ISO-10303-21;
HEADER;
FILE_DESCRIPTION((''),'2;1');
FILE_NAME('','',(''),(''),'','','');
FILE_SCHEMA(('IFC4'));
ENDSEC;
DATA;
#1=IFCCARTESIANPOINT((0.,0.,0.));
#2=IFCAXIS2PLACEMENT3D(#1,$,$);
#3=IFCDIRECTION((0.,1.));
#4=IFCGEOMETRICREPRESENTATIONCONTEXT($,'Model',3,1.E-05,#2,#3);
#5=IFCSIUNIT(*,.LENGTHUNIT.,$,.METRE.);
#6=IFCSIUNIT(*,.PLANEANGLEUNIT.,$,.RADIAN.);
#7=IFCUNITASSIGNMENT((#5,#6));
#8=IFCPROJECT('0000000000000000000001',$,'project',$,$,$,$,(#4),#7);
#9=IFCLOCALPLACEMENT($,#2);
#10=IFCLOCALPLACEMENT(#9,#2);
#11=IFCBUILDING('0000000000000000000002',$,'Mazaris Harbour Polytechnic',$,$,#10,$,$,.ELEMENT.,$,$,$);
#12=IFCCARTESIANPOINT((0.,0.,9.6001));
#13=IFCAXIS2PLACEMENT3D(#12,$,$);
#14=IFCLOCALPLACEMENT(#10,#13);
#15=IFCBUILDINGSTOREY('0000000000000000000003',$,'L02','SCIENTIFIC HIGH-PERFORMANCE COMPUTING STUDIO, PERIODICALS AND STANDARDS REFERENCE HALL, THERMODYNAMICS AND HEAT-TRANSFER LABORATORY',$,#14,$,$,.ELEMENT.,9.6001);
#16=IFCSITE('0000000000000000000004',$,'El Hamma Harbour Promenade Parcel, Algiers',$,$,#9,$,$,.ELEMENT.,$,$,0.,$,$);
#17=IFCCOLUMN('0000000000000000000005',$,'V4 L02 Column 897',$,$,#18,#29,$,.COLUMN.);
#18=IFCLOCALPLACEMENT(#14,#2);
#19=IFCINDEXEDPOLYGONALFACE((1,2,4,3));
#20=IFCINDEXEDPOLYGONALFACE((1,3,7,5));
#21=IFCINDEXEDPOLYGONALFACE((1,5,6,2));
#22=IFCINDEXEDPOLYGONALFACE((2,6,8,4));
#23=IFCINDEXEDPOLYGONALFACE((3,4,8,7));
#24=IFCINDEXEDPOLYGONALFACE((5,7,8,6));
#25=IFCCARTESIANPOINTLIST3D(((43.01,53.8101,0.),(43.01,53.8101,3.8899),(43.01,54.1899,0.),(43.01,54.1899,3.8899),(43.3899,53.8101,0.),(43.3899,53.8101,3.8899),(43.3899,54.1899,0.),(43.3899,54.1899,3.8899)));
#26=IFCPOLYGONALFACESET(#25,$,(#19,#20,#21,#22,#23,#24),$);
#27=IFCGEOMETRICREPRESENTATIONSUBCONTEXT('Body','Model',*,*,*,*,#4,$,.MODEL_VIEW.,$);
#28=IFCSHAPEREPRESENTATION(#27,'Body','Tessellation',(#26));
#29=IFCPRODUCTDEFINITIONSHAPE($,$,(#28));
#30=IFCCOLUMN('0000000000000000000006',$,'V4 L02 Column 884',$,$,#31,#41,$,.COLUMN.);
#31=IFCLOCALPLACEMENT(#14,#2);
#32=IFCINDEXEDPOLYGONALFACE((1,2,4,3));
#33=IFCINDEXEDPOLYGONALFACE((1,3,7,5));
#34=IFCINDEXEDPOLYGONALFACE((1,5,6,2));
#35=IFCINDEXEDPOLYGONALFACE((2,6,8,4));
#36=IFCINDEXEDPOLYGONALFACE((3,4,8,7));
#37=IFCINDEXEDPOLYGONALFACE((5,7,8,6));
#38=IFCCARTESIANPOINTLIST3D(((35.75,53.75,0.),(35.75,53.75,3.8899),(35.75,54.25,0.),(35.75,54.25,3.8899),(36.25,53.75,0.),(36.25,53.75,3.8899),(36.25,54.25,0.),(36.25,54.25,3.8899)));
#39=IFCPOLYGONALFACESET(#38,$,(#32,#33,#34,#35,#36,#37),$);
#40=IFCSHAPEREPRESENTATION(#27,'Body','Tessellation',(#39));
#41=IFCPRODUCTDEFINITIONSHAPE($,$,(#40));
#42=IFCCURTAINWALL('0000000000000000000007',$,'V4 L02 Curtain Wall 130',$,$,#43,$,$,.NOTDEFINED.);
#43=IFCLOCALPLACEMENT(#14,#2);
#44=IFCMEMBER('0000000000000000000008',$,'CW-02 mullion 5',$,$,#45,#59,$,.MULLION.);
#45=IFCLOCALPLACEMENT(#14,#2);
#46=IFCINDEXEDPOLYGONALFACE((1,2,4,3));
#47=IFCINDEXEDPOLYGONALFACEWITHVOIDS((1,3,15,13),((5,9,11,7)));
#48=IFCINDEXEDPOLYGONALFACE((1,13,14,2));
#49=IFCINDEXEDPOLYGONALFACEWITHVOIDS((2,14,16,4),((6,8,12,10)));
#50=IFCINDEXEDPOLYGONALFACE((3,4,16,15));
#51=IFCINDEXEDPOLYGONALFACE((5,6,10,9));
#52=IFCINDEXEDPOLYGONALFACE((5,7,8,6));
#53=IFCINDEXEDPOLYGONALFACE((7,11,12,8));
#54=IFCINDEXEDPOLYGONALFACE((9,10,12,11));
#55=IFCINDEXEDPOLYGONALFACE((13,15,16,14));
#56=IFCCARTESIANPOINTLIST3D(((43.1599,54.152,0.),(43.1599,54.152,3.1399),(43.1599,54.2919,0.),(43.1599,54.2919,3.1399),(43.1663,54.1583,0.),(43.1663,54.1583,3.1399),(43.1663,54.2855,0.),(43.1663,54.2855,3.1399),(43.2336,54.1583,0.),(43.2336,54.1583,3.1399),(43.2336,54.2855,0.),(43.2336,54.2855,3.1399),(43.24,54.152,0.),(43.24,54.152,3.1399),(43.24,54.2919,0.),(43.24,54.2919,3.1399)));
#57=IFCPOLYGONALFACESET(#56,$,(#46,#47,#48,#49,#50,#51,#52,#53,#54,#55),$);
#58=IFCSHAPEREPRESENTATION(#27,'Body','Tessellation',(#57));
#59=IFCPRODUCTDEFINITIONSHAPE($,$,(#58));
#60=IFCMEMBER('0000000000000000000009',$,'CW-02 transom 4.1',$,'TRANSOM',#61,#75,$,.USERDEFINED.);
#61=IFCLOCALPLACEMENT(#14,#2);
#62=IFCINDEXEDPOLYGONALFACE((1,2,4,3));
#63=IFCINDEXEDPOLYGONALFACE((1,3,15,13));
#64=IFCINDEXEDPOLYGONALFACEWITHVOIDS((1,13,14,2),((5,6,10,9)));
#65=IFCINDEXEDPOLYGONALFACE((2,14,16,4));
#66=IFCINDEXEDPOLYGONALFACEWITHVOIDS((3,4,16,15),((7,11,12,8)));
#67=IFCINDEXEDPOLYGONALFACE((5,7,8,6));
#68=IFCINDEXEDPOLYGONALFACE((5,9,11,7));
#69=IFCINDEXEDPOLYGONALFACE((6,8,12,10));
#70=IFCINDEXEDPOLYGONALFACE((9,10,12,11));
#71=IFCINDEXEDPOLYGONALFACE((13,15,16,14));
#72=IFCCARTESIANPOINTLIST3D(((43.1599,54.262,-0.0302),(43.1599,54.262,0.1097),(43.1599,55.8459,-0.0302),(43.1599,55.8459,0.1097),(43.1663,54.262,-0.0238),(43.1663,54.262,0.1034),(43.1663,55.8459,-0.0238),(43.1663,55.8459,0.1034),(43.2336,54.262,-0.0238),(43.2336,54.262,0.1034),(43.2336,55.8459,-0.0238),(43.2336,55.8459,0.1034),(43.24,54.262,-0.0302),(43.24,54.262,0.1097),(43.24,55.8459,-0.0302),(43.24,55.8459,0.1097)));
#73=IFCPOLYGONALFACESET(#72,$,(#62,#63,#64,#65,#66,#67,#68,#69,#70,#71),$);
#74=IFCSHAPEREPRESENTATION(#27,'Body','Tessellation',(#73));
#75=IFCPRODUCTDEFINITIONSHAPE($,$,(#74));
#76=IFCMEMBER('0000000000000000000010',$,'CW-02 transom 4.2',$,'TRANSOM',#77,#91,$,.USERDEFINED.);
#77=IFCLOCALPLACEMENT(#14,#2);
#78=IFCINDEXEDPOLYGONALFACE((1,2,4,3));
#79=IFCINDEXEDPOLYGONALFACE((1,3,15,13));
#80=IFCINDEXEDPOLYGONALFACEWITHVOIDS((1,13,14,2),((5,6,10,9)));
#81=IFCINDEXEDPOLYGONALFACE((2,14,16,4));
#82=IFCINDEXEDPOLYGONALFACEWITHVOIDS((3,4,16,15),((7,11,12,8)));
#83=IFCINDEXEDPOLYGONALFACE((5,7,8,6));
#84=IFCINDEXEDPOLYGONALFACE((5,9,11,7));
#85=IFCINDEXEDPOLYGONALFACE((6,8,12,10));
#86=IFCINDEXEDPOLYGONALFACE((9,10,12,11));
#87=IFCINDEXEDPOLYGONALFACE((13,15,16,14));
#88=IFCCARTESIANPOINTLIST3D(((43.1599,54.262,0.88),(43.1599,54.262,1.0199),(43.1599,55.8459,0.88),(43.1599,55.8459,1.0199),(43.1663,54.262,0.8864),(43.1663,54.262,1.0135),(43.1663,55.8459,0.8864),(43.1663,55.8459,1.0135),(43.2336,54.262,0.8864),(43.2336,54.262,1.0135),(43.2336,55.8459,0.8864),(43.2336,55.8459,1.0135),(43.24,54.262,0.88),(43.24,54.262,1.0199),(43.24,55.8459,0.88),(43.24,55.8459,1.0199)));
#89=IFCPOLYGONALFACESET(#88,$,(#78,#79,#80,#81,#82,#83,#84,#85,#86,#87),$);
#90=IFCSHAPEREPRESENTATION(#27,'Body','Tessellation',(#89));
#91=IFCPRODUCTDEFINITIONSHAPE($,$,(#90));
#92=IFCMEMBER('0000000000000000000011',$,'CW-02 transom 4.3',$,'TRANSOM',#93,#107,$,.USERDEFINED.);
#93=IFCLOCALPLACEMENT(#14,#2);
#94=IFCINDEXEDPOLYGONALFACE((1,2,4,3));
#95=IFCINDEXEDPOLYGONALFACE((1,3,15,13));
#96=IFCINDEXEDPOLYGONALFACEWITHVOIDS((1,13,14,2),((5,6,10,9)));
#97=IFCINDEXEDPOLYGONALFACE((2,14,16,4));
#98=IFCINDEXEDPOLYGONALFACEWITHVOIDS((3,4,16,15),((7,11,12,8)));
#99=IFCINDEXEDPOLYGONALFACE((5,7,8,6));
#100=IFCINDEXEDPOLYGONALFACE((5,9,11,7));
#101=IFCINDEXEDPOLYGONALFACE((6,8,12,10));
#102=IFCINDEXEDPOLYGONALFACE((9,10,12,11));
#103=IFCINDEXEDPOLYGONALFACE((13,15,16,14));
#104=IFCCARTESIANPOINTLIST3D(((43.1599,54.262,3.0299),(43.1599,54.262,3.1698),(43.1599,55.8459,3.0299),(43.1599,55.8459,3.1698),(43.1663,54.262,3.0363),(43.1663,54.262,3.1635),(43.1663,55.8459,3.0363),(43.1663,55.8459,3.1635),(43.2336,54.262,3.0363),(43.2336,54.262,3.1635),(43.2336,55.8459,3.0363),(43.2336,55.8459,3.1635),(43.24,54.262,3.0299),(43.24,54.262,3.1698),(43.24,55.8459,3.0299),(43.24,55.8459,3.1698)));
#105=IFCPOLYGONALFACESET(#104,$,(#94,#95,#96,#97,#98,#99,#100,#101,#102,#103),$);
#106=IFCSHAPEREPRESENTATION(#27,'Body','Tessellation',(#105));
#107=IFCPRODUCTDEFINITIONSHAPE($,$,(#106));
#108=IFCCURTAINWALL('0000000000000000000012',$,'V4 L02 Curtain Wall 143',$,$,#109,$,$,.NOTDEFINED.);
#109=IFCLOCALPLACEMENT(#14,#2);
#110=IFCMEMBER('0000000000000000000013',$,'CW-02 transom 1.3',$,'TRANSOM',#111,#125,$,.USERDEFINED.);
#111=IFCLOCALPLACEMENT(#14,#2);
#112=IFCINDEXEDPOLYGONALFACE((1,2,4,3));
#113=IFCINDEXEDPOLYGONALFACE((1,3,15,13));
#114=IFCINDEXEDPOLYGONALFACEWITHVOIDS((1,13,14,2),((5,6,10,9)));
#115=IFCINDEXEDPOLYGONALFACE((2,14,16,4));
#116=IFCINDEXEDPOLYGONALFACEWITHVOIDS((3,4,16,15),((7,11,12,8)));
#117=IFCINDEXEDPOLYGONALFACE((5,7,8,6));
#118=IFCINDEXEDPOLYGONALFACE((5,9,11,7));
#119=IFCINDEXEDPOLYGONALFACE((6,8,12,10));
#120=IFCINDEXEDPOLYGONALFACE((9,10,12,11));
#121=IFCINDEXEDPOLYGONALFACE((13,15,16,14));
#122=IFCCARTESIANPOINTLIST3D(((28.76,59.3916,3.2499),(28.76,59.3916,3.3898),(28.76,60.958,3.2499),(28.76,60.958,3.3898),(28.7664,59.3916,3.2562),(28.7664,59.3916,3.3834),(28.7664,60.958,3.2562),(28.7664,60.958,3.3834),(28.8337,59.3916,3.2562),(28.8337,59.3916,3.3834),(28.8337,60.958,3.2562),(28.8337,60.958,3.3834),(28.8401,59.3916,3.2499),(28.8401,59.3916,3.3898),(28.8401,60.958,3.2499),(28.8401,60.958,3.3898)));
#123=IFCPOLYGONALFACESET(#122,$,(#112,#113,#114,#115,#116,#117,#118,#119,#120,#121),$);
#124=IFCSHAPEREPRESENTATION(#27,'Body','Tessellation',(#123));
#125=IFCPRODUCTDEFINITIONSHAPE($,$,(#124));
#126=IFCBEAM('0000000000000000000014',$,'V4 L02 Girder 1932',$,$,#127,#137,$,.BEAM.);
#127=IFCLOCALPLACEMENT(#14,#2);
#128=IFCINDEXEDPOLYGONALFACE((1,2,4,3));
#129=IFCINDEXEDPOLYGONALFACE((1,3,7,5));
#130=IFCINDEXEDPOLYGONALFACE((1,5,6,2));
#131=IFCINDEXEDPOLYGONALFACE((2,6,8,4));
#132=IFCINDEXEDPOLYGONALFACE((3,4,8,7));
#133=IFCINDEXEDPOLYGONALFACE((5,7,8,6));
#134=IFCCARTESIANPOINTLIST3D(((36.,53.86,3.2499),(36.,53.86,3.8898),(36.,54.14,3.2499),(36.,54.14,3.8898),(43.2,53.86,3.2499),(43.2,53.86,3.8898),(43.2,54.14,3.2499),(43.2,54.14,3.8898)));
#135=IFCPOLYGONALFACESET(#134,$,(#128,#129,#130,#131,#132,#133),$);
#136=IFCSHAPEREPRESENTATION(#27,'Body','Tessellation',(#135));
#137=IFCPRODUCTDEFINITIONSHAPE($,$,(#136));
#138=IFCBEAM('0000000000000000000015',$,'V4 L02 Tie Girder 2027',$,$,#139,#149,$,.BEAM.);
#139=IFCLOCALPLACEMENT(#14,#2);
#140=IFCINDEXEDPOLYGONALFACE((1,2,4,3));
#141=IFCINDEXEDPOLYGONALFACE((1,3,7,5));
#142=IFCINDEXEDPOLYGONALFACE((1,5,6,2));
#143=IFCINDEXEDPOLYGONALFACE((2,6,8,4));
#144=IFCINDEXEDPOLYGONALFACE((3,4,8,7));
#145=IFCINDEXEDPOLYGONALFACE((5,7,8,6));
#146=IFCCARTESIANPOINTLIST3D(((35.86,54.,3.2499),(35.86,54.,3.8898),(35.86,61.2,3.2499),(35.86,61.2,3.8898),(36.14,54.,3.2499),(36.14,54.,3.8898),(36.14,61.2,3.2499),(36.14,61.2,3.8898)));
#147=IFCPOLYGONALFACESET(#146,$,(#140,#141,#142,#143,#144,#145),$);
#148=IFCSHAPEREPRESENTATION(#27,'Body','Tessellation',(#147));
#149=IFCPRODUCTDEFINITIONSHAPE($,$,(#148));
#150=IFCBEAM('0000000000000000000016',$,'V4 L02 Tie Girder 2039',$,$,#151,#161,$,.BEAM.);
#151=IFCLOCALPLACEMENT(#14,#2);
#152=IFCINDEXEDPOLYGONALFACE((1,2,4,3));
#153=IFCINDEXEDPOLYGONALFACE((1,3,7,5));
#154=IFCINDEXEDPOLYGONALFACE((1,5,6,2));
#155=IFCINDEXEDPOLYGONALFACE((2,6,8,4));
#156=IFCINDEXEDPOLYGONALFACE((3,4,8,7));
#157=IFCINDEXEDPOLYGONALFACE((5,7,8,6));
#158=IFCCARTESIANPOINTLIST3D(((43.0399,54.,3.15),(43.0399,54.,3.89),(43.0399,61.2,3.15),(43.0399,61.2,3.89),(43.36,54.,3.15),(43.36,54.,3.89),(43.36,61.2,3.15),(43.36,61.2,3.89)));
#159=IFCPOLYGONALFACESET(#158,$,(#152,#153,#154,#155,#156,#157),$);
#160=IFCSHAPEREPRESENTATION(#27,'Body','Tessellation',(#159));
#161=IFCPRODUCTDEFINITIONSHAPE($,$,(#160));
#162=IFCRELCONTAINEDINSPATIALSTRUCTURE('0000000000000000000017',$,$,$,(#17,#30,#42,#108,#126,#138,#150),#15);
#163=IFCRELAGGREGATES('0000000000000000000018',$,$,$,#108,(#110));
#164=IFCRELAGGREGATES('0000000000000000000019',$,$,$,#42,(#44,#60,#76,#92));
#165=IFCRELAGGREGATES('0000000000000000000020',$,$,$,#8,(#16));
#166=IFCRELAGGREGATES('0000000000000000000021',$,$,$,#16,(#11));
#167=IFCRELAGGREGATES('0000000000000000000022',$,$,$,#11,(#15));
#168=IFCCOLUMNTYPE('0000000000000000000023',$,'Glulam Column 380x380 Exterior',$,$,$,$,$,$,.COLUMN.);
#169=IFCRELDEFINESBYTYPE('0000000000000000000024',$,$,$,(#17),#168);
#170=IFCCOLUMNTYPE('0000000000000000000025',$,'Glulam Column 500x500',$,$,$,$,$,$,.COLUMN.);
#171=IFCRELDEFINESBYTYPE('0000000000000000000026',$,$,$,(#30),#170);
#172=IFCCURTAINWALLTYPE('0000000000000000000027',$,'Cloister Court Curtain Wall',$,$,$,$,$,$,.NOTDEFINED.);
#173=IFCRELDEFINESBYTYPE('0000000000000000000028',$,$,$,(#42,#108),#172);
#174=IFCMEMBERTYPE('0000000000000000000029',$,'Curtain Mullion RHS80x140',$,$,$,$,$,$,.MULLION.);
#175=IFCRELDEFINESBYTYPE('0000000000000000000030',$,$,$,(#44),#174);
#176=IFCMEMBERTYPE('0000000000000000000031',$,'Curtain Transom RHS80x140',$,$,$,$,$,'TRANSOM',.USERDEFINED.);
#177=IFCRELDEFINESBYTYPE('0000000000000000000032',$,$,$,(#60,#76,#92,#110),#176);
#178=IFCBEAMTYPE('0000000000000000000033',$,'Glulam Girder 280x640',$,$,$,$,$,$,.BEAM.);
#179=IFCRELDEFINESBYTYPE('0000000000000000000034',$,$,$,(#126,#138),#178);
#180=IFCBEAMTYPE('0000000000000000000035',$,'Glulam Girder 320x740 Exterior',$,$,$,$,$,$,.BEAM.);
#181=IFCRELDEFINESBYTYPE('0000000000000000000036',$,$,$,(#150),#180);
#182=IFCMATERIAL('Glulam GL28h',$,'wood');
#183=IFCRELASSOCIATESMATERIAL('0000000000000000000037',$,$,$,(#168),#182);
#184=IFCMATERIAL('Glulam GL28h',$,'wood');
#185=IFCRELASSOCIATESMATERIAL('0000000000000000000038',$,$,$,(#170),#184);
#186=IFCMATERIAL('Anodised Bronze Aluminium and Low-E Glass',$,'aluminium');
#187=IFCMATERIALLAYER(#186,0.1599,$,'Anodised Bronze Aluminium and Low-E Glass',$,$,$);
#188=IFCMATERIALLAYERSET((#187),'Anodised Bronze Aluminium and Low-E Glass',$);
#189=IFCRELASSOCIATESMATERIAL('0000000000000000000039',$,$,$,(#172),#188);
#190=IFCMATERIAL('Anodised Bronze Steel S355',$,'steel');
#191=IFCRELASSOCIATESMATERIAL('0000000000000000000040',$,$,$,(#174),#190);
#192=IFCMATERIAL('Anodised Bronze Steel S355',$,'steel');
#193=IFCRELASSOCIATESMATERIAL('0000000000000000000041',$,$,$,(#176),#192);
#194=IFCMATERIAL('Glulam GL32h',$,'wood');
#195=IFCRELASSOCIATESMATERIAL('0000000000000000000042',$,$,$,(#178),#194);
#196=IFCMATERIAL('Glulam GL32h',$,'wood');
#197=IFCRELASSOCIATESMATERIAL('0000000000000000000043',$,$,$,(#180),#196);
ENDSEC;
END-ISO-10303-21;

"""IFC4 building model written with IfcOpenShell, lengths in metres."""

from ifc_helpers import new_model, si_unit, direction, frame, origin, origin_2d, place, context, subcontext, project, spatial, rectangle, hollow_rectangle, extrude, material, layer, layer_set, material_profile, profile_set, type_object, element, aggregate, save


model = new_model("IFC4")

# Units and contexts
model_context = context("Model", 3, precision=1e-05, world=origin(), true_north=direction((0.0, 1.0)))
body_context = subcontext(model_context, "Body", "Model", "MODEL_VIEW")
ifc_project = project(units=[si_unit("LENGTHUNIT", "METRE"), si_unit("PLANEANGLEUNIT", "RADIAN")], contexts=[model_context])

# Site, building, storey
site_placement = place(None, origin())
site = spatial("IfcSite", under=ifc_project, at=site_placement, Name="El Hamma Harbour Promenade Parcel, Algiers", CompositionType="ELEMENT", RefElevation=0.0)
building_placement = place(site_placement, origin())
building = spatial("IfcBuilding", under=site, at=building_placement, Name="Mazaris Harbour Polytechnic", CompositionType="ELEMENT")
storey_placement = place(building_placement, frame((0.0, 0.0, 9.6001)))
storey = spatial("IfcBuildingStorey", under=building, at=storey_placement, Name="L02", Description="SCIENTIFIC HIGH-PERFORMANCE COMPUTING STUDIO, PERIODICALS AND STANDARDS REFERENCE HALL, THERMODYNAMICS AND HEAT-TRANSFER LABORATORY", CompositionType="ELEMENT", Elevation=9.6001)

# Columns
ifc_material_1 = material(Name="Glulam GL28h", Category="wood")
ifc_material_profile_1 = material_profile(ifc_material_1, rectangle(XDim=0.3799, YDim=0.3799, at=origin_2d()), Name="RECT380x380")
ifc_profile_set_1 = profile_set([ifc_material_profile_1], Name="Glulam GL28h")
column_type_1 = type_object("IfcColumnType", Name="Glulam Column 380x380 Exterior", PredefinedType="COLUMN", material=ifc_profile_set_1)
column_1_placement = place(storey_placement, frame((43.2, 54.0, 0.0), z_axis=(0.0, 0.0, 1.0), x_axis=(1.0, 0.0, 0.0)))
element("IfcColumn", 1, at=column_1_placement, inside=storey, type_object=column_type_1, Name="V4 L02 Column 897", PredefinedType="COLUMN", context=body_context, shape_type="SweptSolid", body=[
    extrude(rectangle(XDim=0.3799, YDim=0.3799, at=origin_2d()), origin(), (0.0, 0.0, 1.0), 3.8899),
])
ifc_material_2 = material(Name="Glulam GL28h", Category="wood")
ifc_material_profile_2 = material_profile(ifc_material_2, rectangle(XDim=0.5, YDim=0.5, at=origin_2d()), Name="RECT500x500")
ifc_profile_set_2 = profile_set([ifc_material_profile_2], Name="Glulam GL28h")
column_type_2 = type_object("IfcColumnType", Name="Glulam Column 500x500", PredefinedType="COLUMN", material=ifc_profile_set_2)
column_2_placement = place(storey_placement, frame((36.0, 54.0, 0.0), z_axis=(0.0, 0.0, 1.0), x_axis=(1.0, 0.0, 0.0)))
element("IfcColumn", 2, at=column_2_placement, inside=storey, type_object=column_type_2, Name="V4 L02 Column 884", PredefinedType="COLUMN", context=body_context, shape_type="SweptSolid", body=[
    extrude(rectangle(XDim=0.5, YDim=0.5, at=origin_2d()), origin(), (0.0, 0.0, 1.0), 3.8899),
])

# Curtain wall, members
ifc_material_3 = material(Name="Anodised Bronze Aluminium and Low-E Glass", Category="aluminium")
ifc_layer_1 = layer(ifc_material_3, 0.1599, Name="Anodised Bronze Aluminium and Low-E Glass")
ifc_layer_set_1 = layer_set([ifc_layer_1], Name="Anodised Bronze Aluminium and Low-E Glass")
curtain_wall_type = type_object("IfcCurtainWallType", Name="Cloister Court Curtain Wall", PredefinedType="NOTDEFINED", material=ifc_layer_set_1)
curtain_wall_1_placement = place(storey_placement, origin())
curtain_wall_1 = element("IfcCurtainWall", 3, at=curtain_wall_1_placement, inside=storey, type_object=curtain_wall_type, Name="V4 L02 Curtain Wall 130", PredefinedType="NOTDEFINED")
ifc_material_4 = material(Name="Anodised Bronze Steel S355", Category="steel")
ifc_material_profile_3 = material_profile(ifc_material_4, hollow_rectangle(XDim=0.0801, YDim=0.1399, WallThickness=0.0063, at=origin_2d()), Name="RHS 80x140x6.3")
ifc_profile_set_3 = profile_set([ifc_material_profile_3], Name="Anodised Bronze Steel S355")
member_type_1 = type_object("IfcMemberType", Name="Curtain Mullion RHS80x140", PredefinedType="MULLION", material=ifc_profile_set_3)
member_1_placement = place(storey_placement, frame((43.2, 54.2219, 0.0), z_axis=(0.0, 0.0, 1.0), x_axis=(1.0, 0.0, 0.0)))
member_1 = element("IfcMember", 4, at=member_1_placement, type_object=member_type_1, Name="CW-02 mullion 5", PredefinedType="MULLION", context=body_context, shape_type="SweptSolid", body=[
    extrude(hollow_rectangle(XDim=0.0801, YDim=0.1399, WallThickness=0.0063, at=origin_2d()), origin(), (0.0, 0.0, 1.0), 3.1399),
])
ifc_material_5 = material(Name="Anodised Bronze Steel S355", Category="steel")
ifc_material_profile_4 = material_profile(ifc_material_5, hollow_rectangle(XDim=0.0801, YDim=0.1399, WallThickness=0.0063, at=origin_2d()), Name="RHS 80x140x6.3")
ifc_profile_set_4 = profile_set([ifc_material_profile_4], Name="Anodised Bronze Steel S355")
member_type_2 = type_object("IfcMemberType", Name="Curtain Transom RHS80x140", ElementType="TRANSOM", PredefinedType="USERDEFINED", material=ifc_profile_set_4)
member_2_placement = place(storey_placement, frame((43.2, 55.8459, 0.0398), z_axis=(0.0, -1.0, 0.0), x_axis=(1.0, 0.0, 0.0)))
member_2 = element("IfcMember", 5, at=member_2_placement, type_object=member_type_2, Name="CW-02 transom 4.1", ObjectType="TRANSOM", PredefinedType="USERDEFINED", context=body_context, shape_type="SweptSolid", body=[
    extrude(hollow_rectangle(XDim=0.0801, YDim=0.1399, WallThickness=0.0063, at=origin_2d()), origin(), (0.0, 0.0, 1.0), 1.584),
])
member_3_placement = place(storey_placement, frame((43.2, 55.8459, 0.95), z_axis=(0.0, -1.0, 0.0), x_axis=(1.0, 0.0, 0.0)))
member_3 = element("IfcMember", 6, at=member_3_placement, type_object=member_type_2, Name="CW-02 transom 4.2", ObjectType="TRANSOM", PredefinedType="USERDEFINED", context=body_context, shape_type="SweptSolid", body=[
    extrude(hollow_rectangle(XDim=0.0801, YDim=0.1399, WallThickness=0.0063, at=origin_2d()), origin(), (0.0, 0.0, 1.0), 1.584),
])
member_4_placement = place(storey_placement, frame((43.2, 55.8459, 3.0999), z_axis=(0.0, -1.0, 0.0), x_axis=(1.0, 0.0, 0.0)))
member_4 = element("IfcMember", 7, at=member_4_placement, type_object=member_type_2, Name="CW-02 transom 4.3", ObjectType="TRANSOM", PredefinedType="USERDEFINED", context=body_context, shape_type="SweptSolid", body=[
    extrude(hollow_rectangle(XDim=0.0801, YDim=0.1399, WallThickness=0.0063, at=origin_2d()), origin(), (0.0, 0.0, 1.0), 1.584),
])

# Curtain wall, member
curtain_wall_2_placement = place(storey_placement, origin())
curtain_wall_2 = element("IfcCurtainWall", 8, at=curtain_wall_2_placement, inside=storey, type_object=curtain_wall_type, Name="V4 L02 Curtain Wall 143", PredefinedType="NOTDEFINED")
member_5_placement = place(storey_placement, frame((28.8, 60.958, 3.3198), z_axis=(0.0, -1.0, 0.0), x_axis=(1.0, 0.0, 0.0)))
member_5 = element("IfcMember", 9, at=member_5_placement, type_object=member_type_2, Name="CW-02 transom 1.3", ObjectType="TRANSOM", PredefinedType="USERDEFINED", context=body_context, shape_type="SweptSolid", body=[
    extrude(hollow_rectangle(XDim=0.0801, YDim=0.1399, WallThickness=0.0063, at=origin_2d()), origin(), (0.0, 0.0, 1.0), 1.5664),
])
aggregate(curtain_wall_2, [member_5])

# Beams
ifc_material_6 = material(Name="Glulam GL32h", Category="wood")
ifc_material_profile_5 = material_profile(ifc_material_6, rectangle(XDim=0.28, YDim=0.6399, at=origin_2d()), Name="RECT280x640")
ifc_profile_set_5 = profile_set([ifc_material_profile_5], Name="Glulam GL32h")
beam_type_1 = type_object("IfcBeamType", Name="Glulam Girder 280x640", PredefinedType="BEAM", material=ifc_profile_set_5)
for number, where, z_axis, x_axis, name in (
    (10, (36.0, 54.0, 3.5698), (1.0, 0.0, 0.0), (0.0, 1.0, 0.0), "V4 L02 Girder 1932"),
    (11, (36.0, 54.0, 3.5698), (0.0, 1.0, 0.0), (-1.0, 0.0, 0.0), "V4 L02 Tie Girder 2027"),
):
    element("IfcBeam", number, at=place(storey_placement, frame(where, z_axis=z_axis, x_axis=x_axis)), inside=storey, type_object=beam_type_1, Name=name, PredefinedType="BEAM", context=body_context, shape_type="SweptSolid", body=[
        extrude(rectangle(XDim=0.28, YDim=0.6399, at=origin_2d()), origin(), (0.0, 0.0, 1.0), 7.2),
    ])
ifc_material_7 = material(Name="Glulam GL32h", Category="wood")
ifc_material_profile_6 = material_profile(ifc_material_7, rectangle(XDim=0.3201, YDim=0.74, at=origin_2d()), Name="RECT320x740")
ifc_profile_set_6 = profile_set([ifc_material_profile_6], Name="Glulam GL32h")
beam_type_2 = type_object("IfcBeamType", Name="Glulam Girder 320x740 Exterior", PredefinedType="BEAM", material=ifc_profile_set_6)
beam_1_placement = place(storey_placement, frame((43.2, 54.0, 3.52), z_axis=(0.0, 1.0, 0.0), x_axis=(-1.0, 0.0, 0.0)))
element("IfcBeam", 12, at=beam_1_placement, inside=storey, type_object=beam_type_2, Name="V4 L02 Tie Girder 2039", PredefinedType="BEAM", context=body_context, shape_type="SweptSolid", body=[
    extrude(rectangle(XDim=0.3201, YDim=0.74, at=origin_2d()), origin(), (0.0, 0.0, 1.0), 7.2),
])

aggregate(curtain_wall_1, [member_1, member_2, member_3, member_4])

save(model, "model.ifc")
